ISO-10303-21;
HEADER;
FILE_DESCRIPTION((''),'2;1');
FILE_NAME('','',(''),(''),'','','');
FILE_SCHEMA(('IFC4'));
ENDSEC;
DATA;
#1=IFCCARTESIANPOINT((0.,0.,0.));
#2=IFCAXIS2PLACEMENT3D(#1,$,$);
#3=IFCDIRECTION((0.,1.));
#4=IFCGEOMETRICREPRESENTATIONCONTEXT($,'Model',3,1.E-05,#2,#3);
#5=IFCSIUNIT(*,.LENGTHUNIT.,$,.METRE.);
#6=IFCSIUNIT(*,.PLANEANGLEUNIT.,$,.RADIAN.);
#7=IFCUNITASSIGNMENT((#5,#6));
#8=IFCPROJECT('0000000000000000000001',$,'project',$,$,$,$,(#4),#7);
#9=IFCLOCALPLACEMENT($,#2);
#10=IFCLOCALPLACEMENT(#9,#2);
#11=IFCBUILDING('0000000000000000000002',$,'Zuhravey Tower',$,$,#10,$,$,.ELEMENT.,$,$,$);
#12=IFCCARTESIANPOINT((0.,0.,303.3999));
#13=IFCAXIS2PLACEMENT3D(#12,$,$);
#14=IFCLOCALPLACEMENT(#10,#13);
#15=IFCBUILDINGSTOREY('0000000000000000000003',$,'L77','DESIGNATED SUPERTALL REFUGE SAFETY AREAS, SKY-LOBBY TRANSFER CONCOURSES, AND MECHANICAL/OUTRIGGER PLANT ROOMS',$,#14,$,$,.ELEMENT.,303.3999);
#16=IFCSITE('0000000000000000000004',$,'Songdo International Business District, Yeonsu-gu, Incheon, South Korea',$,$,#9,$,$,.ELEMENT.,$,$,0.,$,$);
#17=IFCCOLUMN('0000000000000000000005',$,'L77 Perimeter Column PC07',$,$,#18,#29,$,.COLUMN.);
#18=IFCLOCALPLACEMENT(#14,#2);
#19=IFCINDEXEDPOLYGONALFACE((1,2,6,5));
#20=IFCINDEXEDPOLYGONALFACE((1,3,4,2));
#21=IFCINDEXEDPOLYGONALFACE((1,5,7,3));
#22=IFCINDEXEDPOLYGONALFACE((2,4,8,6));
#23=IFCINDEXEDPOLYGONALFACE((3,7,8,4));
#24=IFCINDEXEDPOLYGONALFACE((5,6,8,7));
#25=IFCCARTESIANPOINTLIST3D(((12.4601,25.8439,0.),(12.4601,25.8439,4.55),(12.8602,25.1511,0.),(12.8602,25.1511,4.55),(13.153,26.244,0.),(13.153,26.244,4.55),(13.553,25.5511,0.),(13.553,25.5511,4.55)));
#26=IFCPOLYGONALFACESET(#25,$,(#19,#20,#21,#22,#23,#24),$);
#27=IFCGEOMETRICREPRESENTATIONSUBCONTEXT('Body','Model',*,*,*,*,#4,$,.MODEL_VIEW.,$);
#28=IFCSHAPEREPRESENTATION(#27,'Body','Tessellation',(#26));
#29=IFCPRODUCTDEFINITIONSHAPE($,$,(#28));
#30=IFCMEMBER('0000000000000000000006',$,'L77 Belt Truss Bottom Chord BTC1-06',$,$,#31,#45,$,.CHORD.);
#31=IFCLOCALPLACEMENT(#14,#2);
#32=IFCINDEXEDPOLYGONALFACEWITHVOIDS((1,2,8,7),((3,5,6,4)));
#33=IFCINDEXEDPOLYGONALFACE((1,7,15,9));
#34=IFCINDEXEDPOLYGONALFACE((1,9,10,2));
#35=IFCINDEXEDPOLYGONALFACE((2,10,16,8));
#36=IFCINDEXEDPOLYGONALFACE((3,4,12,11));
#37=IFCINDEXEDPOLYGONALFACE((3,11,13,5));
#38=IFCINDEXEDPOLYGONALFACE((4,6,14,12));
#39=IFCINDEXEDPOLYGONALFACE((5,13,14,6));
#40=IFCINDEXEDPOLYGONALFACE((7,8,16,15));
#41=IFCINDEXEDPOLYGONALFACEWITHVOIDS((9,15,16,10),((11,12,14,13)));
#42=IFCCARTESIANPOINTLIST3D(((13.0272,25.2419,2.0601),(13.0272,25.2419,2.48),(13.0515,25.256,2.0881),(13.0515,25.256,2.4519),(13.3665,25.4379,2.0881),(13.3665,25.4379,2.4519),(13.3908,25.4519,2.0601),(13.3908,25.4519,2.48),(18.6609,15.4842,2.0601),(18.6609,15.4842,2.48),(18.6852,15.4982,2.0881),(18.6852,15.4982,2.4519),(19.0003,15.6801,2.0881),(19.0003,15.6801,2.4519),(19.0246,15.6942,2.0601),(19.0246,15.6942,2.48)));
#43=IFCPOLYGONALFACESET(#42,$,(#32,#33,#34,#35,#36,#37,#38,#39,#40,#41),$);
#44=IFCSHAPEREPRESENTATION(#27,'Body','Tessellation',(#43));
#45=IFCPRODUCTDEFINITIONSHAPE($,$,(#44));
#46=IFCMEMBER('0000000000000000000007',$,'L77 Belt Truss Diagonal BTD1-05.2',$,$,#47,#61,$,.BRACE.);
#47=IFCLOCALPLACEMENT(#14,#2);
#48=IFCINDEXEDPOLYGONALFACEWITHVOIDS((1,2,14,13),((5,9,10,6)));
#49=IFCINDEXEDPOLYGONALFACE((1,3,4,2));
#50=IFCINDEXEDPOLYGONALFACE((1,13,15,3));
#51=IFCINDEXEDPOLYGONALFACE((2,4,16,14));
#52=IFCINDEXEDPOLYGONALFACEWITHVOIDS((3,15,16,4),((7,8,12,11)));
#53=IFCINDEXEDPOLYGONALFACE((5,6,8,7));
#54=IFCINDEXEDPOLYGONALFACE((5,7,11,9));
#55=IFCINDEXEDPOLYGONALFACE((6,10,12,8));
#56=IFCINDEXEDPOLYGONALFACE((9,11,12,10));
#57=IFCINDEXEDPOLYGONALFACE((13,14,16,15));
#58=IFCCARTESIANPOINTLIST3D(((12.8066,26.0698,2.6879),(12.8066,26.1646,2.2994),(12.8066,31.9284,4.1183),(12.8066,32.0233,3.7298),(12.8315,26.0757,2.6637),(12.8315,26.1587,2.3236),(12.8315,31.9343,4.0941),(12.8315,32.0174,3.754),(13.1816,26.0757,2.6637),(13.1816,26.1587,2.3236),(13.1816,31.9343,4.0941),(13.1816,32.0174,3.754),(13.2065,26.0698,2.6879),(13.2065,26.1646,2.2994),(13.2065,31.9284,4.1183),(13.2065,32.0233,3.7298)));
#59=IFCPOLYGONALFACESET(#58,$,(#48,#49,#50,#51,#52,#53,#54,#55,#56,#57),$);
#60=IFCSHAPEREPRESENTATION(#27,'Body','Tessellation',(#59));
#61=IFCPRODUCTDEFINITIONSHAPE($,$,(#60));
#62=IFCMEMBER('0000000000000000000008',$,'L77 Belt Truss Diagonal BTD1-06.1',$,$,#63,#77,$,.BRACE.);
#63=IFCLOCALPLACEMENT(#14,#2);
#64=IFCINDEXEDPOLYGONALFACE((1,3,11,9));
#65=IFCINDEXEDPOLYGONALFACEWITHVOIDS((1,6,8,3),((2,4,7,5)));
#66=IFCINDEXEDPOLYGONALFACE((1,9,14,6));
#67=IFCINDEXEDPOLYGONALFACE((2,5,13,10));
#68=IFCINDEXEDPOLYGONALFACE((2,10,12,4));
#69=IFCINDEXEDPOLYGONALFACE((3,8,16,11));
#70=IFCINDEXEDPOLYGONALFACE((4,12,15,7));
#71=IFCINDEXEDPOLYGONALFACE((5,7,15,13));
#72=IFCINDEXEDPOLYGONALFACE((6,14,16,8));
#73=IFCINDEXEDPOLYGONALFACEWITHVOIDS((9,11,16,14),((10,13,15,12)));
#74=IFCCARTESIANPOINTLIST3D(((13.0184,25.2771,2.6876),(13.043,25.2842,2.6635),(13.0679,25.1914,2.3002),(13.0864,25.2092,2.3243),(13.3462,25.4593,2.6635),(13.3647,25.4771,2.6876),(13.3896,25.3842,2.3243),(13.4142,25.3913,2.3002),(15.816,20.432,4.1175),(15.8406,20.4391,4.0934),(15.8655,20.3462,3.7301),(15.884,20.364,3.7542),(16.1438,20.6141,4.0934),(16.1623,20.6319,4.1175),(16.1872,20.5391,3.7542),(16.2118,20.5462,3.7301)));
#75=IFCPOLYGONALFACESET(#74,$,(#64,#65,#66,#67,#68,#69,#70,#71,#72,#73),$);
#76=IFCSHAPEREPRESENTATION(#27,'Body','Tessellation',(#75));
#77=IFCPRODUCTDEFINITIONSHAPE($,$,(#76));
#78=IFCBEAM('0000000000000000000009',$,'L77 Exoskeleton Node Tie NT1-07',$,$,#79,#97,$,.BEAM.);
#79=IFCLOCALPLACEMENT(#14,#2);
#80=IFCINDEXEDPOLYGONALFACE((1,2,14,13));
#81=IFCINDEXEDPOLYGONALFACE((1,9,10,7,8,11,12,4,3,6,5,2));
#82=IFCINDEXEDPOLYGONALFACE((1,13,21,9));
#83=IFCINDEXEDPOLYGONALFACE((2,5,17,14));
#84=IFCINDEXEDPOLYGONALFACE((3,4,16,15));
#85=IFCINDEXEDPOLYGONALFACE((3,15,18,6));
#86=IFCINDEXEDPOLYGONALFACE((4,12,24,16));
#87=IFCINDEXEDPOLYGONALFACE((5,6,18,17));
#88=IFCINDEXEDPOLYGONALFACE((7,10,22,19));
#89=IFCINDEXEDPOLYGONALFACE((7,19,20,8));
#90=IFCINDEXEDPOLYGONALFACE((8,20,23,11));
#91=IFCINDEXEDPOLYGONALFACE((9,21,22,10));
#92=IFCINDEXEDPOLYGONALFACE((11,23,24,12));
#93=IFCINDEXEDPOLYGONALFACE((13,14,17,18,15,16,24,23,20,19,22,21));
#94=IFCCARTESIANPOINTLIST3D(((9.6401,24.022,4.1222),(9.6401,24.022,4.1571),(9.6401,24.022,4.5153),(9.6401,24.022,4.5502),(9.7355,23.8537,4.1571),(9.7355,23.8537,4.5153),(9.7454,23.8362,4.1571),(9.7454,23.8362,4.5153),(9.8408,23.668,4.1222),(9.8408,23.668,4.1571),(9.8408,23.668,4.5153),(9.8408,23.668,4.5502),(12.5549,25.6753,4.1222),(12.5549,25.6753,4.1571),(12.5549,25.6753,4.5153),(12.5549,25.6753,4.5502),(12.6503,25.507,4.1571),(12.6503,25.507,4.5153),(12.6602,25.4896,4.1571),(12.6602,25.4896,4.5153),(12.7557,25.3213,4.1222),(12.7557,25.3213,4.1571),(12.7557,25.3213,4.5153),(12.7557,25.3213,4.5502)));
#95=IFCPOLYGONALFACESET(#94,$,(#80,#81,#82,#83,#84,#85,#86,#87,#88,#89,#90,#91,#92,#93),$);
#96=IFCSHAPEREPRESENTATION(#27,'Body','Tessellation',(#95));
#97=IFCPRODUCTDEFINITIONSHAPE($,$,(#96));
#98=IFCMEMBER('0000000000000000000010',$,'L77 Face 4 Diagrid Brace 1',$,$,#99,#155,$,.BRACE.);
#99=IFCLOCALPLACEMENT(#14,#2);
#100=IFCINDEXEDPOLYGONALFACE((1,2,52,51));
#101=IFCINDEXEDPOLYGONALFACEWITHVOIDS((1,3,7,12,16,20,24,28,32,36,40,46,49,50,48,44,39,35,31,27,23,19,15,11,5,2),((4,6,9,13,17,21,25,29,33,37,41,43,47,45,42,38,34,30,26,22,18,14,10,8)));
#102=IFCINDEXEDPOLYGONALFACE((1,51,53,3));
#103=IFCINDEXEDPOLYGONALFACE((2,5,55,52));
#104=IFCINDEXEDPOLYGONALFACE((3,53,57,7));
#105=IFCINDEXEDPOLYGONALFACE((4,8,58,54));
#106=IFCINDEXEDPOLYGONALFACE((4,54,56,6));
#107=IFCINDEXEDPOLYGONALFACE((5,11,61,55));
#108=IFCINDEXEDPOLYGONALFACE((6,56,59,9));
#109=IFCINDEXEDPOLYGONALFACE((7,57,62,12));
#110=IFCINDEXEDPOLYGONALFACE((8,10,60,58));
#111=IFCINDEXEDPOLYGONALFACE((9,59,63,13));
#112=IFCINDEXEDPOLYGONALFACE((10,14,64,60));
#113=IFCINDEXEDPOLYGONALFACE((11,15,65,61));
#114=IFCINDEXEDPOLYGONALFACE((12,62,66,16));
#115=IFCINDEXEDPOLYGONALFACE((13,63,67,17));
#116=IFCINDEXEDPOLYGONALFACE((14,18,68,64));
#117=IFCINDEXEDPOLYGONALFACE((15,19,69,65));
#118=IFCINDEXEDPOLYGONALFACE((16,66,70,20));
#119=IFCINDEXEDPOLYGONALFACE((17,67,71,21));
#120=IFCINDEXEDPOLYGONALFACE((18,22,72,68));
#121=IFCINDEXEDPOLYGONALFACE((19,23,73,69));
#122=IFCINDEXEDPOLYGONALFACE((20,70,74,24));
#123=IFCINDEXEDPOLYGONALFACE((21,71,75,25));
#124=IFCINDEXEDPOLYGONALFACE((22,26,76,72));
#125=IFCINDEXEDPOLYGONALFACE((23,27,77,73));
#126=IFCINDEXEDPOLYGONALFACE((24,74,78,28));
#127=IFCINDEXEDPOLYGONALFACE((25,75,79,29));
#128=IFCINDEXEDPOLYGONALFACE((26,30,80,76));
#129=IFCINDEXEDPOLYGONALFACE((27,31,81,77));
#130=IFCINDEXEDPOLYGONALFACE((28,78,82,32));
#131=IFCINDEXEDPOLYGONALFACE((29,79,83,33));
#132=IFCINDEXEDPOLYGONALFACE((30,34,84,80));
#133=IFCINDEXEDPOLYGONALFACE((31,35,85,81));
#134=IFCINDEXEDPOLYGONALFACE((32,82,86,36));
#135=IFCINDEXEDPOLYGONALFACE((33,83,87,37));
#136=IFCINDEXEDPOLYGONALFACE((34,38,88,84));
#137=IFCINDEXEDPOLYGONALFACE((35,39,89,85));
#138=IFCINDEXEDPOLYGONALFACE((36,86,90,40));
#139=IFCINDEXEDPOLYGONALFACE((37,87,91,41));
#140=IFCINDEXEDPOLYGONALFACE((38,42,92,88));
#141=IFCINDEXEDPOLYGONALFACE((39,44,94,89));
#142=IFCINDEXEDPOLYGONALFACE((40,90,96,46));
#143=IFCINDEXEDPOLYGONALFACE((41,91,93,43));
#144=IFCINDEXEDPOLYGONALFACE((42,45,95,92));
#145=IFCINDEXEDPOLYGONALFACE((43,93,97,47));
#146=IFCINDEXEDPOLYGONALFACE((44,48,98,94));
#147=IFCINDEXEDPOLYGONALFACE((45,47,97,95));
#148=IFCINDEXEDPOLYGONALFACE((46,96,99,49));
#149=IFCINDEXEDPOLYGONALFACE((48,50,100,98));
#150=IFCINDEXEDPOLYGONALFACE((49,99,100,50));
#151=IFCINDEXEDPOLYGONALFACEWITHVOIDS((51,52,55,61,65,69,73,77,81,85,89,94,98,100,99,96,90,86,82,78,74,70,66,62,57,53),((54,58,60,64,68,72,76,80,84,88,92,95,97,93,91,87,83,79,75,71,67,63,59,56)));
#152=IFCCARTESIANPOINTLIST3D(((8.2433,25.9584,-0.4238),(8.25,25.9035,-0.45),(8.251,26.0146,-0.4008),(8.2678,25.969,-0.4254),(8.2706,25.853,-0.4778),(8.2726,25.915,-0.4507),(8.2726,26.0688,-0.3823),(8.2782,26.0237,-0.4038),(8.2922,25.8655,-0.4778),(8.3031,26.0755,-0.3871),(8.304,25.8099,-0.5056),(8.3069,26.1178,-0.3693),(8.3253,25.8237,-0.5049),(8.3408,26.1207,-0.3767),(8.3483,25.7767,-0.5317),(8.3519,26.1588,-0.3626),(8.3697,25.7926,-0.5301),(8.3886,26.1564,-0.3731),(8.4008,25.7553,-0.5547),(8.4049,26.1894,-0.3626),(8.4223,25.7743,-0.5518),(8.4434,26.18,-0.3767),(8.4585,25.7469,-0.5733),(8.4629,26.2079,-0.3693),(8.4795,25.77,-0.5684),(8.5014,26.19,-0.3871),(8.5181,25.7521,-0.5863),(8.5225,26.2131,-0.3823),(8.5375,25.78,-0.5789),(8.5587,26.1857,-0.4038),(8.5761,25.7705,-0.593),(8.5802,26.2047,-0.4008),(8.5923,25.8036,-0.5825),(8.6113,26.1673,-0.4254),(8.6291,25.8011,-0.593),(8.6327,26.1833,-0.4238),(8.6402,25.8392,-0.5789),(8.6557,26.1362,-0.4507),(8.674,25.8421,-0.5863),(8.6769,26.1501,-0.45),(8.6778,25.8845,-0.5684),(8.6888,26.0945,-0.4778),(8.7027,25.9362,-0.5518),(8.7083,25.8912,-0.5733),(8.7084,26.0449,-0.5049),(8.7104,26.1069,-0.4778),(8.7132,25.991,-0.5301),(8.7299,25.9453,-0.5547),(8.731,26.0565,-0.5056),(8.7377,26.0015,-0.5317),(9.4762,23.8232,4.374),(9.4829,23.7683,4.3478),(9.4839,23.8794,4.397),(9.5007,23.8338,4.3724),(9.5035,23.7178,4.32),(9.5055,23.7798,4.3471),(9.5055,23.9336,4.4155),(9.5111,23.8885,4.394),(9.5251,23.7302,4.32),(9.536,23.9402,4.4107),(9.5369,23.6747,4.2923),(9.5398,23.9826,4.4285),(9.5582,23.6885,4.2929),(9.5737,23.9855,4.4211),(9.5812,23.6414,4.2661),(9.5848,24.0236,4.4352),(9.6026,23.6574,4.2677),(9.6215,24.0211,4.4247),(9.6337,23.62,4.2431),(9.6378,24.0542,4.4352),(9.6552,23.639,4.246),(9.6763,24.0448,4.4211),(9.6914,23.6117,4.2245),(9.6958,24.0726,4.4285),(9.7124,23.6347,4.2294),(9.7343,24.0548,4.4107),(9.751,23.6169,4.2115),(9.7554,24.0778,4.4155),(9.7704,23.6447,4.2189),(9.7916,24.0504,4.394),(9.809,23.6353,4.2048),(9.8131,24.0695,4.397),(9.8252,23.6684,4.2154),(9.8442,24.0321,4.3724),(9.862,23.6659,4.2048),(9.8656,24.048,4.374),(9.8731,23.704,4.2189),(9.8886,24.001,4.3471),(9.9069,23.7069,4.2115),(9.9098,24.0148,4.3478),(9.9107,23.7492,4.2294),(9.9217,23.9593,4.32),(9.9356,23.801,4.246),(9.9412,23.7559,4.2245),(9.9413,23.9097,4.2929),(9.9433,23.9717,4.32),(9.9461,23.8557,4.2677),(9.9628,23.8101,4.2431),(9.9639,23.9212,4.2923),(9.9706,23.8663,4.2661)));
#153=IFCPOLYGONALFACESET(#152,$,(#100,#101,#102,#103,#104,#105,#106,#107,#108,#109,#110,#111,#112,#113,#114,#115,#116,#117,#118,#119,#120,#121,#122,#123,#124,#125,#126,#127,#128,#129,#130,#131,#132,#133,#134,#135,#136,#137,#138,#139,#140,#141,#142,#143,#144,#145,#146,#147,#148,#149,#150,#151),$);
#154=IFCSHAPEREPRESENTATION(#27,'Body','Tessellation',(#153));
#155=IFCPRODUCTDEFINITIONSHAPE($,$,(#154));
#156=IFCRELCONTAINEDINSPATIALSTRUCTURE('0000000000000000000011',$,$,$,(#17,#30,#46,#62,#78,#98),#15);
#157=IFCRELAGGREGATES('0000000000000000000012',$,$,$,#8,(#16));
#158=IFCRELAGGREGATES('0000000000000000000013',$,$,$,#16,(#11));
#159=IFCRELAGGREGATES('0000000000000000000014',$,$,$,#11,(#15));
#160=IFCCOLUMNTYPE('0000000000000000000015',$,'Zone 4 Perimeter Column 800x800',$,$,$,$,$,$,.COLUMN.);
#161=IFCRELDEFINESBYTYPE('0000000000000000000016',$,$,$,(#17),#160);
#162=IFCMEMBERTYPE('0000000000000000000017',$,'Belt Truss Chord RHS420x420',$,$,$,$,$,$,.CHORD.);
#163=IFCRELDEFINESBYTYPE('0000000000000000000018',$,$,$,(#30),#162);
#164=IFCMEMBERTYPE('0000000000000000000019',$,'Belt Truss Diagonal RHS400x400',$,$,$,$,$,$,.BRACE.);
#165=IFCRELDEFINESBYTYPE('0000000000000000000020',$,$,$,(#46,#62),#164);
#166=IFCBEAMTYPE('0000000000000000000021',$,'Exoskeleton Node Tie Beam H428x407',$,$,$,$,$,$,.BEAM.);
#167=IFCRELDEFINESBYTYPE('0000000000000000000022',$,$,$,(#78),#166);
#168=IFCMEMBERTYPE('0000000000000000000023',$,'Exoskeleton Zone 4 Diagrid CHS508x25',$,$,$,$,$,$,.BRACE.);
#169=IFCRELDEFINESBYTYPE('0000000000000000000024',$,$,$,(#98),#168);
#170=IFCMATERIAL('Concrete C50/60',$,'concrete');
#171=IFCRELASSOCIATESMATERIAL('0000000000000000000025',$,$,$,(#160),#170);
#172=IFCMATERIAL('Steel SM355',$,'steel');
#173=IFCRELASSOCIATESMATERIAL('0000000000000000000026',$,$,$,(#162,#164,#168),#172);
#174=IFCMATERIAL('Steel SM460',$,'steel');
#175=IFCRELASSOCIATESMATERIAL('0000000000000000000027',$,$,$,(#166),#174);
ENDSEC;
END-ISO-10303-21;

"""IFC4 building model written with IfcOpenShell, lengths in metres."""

from ifc_helpers import new_model, si_unit, direction, frame, origin, origin_2d, place, context, subcontext, project, spatial, rectangle, hollow_rectangle, hollow_circle, i_section, extrude, material, material_profile, profile_set, type_object, element, save


model = new_model("IFC4")

# Units and contexts
model_context = context("Model", 3, precision=1e-05, world=origin(), true_north=direction((0.0, 1.0)))
body_context = subcontext(model_context, "Body", "Model", "MODEL_VIEW")
ifc_project = project(units=[si_unit("LENGTHUNIT", "METRE"), si_unit("PLANEANGLEUNIT", "RADIAN")], contexts=[model_context])

# Site, building, storey
site_placement = place(None, origin())
site = spatial("IfcSite", under=ifc_project, at=site_placement, Name="Songdo International Business District, Yeonsu-gu, Incheon, South Korea", CompositionType="ELEMENT", RefElevation=0.0)
building_placement = place(site_placement, origin())
building = spatial("IfcBuilding", under=site, at=building_placement, Name="Zuhravey Tower", CompositionType="ELEMENT")
storey_placement = place(building_placement, frame((0.0, 0.0, 303.3999)))
storey = spatial("IfcBuildingStorey", under=building, at=storey_placement, Name="L77", Description="DESIGNATED SUPERTALL REFUGE SAFETY AREAS, SKY-LOBBY TRANSFER CONCOURSES, AND MECHANICAL/OUTRIGGER PLANT ROOMS", CompositionType="ELEMENT", Elevation=303.3999)

# Column
ifc_material_1 = material(Name="Concrete C50/60", Category="concrete")
ifc_material_profile_1 = material_profile(ifc_material_1, rectangle(XDim=0.8, YDim=0.8, at=origin_2d()), Name="RC-800x800")
ifc_profile_set_1 = profile_set([ifc_material_profile_1], Name="Concrete C50/60")
column_type = type_object("IfcColumnType", Name="Zone 4 Perimeter Column 800x800", PredefinedType="COLUMN", material=ifc_profile_set_1)
column_placement = place(storey_placement, frame((13.0066, 25.6975, 0.0), z_axis=(0.0, 0.0, 1.0), x_axis=(0.5, -0.866025, 0.0)))
element("IfcColumn", 1, at=column_placement, inside=storey, type_object=column_type, Name="L77 Perimeter Column PC07", PredefinedType="COLUMN", context=body_context, shape_type="SweptSolid", body=[
    extrude(rectangle(XDim=0.8, YDim=0.8, at=origin_2d()), origin(), (0.0, 0.0, 1.0), 4.55),
])

# Members
ifc_material_2 = material(Name="Steel SM355", Category="steel")
ifc_material_profile_2 = material_profile(ifc_material_2, hollow_rectangle(XDim=0.4199, YDim=0.4199, WallThickness=0.0281, at=origin_2d()), Name="RHS-420x420x28")
ifc_profile_set_2 = profile_set([ifc_material_profile_2], Name="Steel SM355")
member_type_1 = type_object("IfcMemberType", Name="Belt Truss Chord RHS420x420", PredefinedType="CHORD", material=ifc_profile_set_2)
member_1_placement = place(storey_placement, frame((13.209, 25.3469, 2.27), z_axis=(0.500008, -0.866021, 0.0), x_axis=(0.866021, 0.500008, 0.0)))
element("IfcMember", 2, at=member_1_placement, inside=storey, type_object=member_type_1, Name="L77 Belt Truss Bottom Chord BTC1-06", PredefinedType="CHORD", context=body_context, shape_type="SweptSolid", body=[
    extrude(hollow_rectangle(XDim=0.4199, YDim=0.4199, WallThickness=0.0281, at=origin_2d()), origin(), (0.0, 0.0, 1.0), 11.2673),
])
ifc_material_profile_3 = material_profile(ifc_material_2, hollow_rectangle(XDim=0.3999, YDim=0.3999, WallThickness=0.0249, at=origin_2d()), Name="RHS-400x400x25")
ifc_profile_set_3 = profile_set([ifc_material_profile_3], Name="Steel SM355")
member_type_2 = type_object("IfcMemberType", Name="Belt Truss Diagonal RHS400x400", PredefinedType="BRACE", material=ifc_profile_set_3)
member_2_placement = place(storey_placement, frame((13.0066, 26.1172, 2.4937), z_axis=(0.0, 0.971464, 0.237188), x_axis=(-1.0, 0.0, 0.0)))
element("IfcMember", 3, at=member_2_placement, inside=storey, type_object=member_type_2, Name="L77 Belt Truss Diagonal BTD1-05.2", PredefinedType="BRACE", context=body_context, shape_type="SweptSolid", body=[
    extrude(hollow_rectangle(XDim=0.3999, YDim=0.3999, WallThickness=0.0249, at=origin_2d()), origin(), (0.0, 0.0, 1.0), 6.0308),
])
member_3_placement = place(storey_placement, frame((13.2163, 25.3342, 2.4939), z_axis=(0.484457, -0.839039, 0.247619), x_axis=(0.866008, 0.50003, 0.0)))
element("IfcMember", 4, at=member_3_placement, inside=storey, type_object=member_type_2, Name="L77 Belt Truss Diagonal BTD1-06.1", PredefinedType="BRACE", context=body_context, shape_type="SweptSolid", body=[
    extrude(hollow_rectangle(XDim=0.3999, YDim=0.3999, WallThickness=0.0249, at=origin_2d()), origin(), (0.0, 0.0, 1.0), 5.7747),
])

# Beam
ifc_material_3 = material(Name="Steel SM460", Category="steel")
ifc_material_profile_4 = material_profile(ifc_material_3, i_section(OverallWidth=0.407, OverallDepth=0.428, WebThickness=0.02, FlangeThickness=0.0349, at=origin_2d()), Name="H-428x407x20x35")
ifc_profile_set_4 = profile_set([ifc_material_profile_4], Name="Steel SM460")
beam_type_1 = type_object("IfcBeamType", Name="Exoskeleton Node Tie Beam H428x407", PredefinedType="BEAM", material=ifc_profile_set_4)
beam_1_placement = place(storey_placement, frame((12.6553, 25.4983, 4.3362), z_axis=(-0.869817, -0.493375, 0.0), x_axis=(0.493375, -0.869817, 0.0)))
element("IfcBeam", 5, at=beam_1_placement, inside=storey, type_object=beam_type_1, Name="L77 Exoskeleton Node Tie NT1-07", PredefinedType="BEAM", context=body_context, shape_type="SweptSolid", body=[
    extrude(i_section(OverallWidth=0.407, OverallDepth=0.428, WebThickness=0.02, FlangeThickness=0.0349, at=origin_2d()), origin(), (0.0, 0.0, 1.0), 3.3511),
])

# Member
ifc_material_profile_5 = material_profile(ifc_material_2, hollow_circle(Radius=0.2539, WallThickness=0.0249, at=origin_2d()), Name="CHS-508.0x25")
ifc_profile_set_5 = profile_set([ifc_material_profile_5], Name="Steel SM355")
member_type_3 = type_object("IfcMemberType", Name="Exoskeleton Zone 4 Diagrid CHS508x25", PredefinedType="BRACE", material=ifc_profile_set_5)
member_4_placement = place(storey_placement, frame((8.4905, 25.98, -0.4778), z_axis=(0.228557, -0.395833, 0.889426), x_axis=(0.866004, 0.500037, 0.0)))
element("IfcMember", 6, at=member_4_placement, inside=storey, type_object=member_type_3, Name="L77 Face 4 Diagrid Brace 1", PredefinedType="BRACE", context=body_context, shape_type="SweptSolid", body=[
    extrude(hollow_circle(Radius=0.2539, WallThickness=0.0249, at=origin_2d()), origin(), (0.0, 0.0, 1.0), 5.3943),
])

save(model, "model.ifc")
